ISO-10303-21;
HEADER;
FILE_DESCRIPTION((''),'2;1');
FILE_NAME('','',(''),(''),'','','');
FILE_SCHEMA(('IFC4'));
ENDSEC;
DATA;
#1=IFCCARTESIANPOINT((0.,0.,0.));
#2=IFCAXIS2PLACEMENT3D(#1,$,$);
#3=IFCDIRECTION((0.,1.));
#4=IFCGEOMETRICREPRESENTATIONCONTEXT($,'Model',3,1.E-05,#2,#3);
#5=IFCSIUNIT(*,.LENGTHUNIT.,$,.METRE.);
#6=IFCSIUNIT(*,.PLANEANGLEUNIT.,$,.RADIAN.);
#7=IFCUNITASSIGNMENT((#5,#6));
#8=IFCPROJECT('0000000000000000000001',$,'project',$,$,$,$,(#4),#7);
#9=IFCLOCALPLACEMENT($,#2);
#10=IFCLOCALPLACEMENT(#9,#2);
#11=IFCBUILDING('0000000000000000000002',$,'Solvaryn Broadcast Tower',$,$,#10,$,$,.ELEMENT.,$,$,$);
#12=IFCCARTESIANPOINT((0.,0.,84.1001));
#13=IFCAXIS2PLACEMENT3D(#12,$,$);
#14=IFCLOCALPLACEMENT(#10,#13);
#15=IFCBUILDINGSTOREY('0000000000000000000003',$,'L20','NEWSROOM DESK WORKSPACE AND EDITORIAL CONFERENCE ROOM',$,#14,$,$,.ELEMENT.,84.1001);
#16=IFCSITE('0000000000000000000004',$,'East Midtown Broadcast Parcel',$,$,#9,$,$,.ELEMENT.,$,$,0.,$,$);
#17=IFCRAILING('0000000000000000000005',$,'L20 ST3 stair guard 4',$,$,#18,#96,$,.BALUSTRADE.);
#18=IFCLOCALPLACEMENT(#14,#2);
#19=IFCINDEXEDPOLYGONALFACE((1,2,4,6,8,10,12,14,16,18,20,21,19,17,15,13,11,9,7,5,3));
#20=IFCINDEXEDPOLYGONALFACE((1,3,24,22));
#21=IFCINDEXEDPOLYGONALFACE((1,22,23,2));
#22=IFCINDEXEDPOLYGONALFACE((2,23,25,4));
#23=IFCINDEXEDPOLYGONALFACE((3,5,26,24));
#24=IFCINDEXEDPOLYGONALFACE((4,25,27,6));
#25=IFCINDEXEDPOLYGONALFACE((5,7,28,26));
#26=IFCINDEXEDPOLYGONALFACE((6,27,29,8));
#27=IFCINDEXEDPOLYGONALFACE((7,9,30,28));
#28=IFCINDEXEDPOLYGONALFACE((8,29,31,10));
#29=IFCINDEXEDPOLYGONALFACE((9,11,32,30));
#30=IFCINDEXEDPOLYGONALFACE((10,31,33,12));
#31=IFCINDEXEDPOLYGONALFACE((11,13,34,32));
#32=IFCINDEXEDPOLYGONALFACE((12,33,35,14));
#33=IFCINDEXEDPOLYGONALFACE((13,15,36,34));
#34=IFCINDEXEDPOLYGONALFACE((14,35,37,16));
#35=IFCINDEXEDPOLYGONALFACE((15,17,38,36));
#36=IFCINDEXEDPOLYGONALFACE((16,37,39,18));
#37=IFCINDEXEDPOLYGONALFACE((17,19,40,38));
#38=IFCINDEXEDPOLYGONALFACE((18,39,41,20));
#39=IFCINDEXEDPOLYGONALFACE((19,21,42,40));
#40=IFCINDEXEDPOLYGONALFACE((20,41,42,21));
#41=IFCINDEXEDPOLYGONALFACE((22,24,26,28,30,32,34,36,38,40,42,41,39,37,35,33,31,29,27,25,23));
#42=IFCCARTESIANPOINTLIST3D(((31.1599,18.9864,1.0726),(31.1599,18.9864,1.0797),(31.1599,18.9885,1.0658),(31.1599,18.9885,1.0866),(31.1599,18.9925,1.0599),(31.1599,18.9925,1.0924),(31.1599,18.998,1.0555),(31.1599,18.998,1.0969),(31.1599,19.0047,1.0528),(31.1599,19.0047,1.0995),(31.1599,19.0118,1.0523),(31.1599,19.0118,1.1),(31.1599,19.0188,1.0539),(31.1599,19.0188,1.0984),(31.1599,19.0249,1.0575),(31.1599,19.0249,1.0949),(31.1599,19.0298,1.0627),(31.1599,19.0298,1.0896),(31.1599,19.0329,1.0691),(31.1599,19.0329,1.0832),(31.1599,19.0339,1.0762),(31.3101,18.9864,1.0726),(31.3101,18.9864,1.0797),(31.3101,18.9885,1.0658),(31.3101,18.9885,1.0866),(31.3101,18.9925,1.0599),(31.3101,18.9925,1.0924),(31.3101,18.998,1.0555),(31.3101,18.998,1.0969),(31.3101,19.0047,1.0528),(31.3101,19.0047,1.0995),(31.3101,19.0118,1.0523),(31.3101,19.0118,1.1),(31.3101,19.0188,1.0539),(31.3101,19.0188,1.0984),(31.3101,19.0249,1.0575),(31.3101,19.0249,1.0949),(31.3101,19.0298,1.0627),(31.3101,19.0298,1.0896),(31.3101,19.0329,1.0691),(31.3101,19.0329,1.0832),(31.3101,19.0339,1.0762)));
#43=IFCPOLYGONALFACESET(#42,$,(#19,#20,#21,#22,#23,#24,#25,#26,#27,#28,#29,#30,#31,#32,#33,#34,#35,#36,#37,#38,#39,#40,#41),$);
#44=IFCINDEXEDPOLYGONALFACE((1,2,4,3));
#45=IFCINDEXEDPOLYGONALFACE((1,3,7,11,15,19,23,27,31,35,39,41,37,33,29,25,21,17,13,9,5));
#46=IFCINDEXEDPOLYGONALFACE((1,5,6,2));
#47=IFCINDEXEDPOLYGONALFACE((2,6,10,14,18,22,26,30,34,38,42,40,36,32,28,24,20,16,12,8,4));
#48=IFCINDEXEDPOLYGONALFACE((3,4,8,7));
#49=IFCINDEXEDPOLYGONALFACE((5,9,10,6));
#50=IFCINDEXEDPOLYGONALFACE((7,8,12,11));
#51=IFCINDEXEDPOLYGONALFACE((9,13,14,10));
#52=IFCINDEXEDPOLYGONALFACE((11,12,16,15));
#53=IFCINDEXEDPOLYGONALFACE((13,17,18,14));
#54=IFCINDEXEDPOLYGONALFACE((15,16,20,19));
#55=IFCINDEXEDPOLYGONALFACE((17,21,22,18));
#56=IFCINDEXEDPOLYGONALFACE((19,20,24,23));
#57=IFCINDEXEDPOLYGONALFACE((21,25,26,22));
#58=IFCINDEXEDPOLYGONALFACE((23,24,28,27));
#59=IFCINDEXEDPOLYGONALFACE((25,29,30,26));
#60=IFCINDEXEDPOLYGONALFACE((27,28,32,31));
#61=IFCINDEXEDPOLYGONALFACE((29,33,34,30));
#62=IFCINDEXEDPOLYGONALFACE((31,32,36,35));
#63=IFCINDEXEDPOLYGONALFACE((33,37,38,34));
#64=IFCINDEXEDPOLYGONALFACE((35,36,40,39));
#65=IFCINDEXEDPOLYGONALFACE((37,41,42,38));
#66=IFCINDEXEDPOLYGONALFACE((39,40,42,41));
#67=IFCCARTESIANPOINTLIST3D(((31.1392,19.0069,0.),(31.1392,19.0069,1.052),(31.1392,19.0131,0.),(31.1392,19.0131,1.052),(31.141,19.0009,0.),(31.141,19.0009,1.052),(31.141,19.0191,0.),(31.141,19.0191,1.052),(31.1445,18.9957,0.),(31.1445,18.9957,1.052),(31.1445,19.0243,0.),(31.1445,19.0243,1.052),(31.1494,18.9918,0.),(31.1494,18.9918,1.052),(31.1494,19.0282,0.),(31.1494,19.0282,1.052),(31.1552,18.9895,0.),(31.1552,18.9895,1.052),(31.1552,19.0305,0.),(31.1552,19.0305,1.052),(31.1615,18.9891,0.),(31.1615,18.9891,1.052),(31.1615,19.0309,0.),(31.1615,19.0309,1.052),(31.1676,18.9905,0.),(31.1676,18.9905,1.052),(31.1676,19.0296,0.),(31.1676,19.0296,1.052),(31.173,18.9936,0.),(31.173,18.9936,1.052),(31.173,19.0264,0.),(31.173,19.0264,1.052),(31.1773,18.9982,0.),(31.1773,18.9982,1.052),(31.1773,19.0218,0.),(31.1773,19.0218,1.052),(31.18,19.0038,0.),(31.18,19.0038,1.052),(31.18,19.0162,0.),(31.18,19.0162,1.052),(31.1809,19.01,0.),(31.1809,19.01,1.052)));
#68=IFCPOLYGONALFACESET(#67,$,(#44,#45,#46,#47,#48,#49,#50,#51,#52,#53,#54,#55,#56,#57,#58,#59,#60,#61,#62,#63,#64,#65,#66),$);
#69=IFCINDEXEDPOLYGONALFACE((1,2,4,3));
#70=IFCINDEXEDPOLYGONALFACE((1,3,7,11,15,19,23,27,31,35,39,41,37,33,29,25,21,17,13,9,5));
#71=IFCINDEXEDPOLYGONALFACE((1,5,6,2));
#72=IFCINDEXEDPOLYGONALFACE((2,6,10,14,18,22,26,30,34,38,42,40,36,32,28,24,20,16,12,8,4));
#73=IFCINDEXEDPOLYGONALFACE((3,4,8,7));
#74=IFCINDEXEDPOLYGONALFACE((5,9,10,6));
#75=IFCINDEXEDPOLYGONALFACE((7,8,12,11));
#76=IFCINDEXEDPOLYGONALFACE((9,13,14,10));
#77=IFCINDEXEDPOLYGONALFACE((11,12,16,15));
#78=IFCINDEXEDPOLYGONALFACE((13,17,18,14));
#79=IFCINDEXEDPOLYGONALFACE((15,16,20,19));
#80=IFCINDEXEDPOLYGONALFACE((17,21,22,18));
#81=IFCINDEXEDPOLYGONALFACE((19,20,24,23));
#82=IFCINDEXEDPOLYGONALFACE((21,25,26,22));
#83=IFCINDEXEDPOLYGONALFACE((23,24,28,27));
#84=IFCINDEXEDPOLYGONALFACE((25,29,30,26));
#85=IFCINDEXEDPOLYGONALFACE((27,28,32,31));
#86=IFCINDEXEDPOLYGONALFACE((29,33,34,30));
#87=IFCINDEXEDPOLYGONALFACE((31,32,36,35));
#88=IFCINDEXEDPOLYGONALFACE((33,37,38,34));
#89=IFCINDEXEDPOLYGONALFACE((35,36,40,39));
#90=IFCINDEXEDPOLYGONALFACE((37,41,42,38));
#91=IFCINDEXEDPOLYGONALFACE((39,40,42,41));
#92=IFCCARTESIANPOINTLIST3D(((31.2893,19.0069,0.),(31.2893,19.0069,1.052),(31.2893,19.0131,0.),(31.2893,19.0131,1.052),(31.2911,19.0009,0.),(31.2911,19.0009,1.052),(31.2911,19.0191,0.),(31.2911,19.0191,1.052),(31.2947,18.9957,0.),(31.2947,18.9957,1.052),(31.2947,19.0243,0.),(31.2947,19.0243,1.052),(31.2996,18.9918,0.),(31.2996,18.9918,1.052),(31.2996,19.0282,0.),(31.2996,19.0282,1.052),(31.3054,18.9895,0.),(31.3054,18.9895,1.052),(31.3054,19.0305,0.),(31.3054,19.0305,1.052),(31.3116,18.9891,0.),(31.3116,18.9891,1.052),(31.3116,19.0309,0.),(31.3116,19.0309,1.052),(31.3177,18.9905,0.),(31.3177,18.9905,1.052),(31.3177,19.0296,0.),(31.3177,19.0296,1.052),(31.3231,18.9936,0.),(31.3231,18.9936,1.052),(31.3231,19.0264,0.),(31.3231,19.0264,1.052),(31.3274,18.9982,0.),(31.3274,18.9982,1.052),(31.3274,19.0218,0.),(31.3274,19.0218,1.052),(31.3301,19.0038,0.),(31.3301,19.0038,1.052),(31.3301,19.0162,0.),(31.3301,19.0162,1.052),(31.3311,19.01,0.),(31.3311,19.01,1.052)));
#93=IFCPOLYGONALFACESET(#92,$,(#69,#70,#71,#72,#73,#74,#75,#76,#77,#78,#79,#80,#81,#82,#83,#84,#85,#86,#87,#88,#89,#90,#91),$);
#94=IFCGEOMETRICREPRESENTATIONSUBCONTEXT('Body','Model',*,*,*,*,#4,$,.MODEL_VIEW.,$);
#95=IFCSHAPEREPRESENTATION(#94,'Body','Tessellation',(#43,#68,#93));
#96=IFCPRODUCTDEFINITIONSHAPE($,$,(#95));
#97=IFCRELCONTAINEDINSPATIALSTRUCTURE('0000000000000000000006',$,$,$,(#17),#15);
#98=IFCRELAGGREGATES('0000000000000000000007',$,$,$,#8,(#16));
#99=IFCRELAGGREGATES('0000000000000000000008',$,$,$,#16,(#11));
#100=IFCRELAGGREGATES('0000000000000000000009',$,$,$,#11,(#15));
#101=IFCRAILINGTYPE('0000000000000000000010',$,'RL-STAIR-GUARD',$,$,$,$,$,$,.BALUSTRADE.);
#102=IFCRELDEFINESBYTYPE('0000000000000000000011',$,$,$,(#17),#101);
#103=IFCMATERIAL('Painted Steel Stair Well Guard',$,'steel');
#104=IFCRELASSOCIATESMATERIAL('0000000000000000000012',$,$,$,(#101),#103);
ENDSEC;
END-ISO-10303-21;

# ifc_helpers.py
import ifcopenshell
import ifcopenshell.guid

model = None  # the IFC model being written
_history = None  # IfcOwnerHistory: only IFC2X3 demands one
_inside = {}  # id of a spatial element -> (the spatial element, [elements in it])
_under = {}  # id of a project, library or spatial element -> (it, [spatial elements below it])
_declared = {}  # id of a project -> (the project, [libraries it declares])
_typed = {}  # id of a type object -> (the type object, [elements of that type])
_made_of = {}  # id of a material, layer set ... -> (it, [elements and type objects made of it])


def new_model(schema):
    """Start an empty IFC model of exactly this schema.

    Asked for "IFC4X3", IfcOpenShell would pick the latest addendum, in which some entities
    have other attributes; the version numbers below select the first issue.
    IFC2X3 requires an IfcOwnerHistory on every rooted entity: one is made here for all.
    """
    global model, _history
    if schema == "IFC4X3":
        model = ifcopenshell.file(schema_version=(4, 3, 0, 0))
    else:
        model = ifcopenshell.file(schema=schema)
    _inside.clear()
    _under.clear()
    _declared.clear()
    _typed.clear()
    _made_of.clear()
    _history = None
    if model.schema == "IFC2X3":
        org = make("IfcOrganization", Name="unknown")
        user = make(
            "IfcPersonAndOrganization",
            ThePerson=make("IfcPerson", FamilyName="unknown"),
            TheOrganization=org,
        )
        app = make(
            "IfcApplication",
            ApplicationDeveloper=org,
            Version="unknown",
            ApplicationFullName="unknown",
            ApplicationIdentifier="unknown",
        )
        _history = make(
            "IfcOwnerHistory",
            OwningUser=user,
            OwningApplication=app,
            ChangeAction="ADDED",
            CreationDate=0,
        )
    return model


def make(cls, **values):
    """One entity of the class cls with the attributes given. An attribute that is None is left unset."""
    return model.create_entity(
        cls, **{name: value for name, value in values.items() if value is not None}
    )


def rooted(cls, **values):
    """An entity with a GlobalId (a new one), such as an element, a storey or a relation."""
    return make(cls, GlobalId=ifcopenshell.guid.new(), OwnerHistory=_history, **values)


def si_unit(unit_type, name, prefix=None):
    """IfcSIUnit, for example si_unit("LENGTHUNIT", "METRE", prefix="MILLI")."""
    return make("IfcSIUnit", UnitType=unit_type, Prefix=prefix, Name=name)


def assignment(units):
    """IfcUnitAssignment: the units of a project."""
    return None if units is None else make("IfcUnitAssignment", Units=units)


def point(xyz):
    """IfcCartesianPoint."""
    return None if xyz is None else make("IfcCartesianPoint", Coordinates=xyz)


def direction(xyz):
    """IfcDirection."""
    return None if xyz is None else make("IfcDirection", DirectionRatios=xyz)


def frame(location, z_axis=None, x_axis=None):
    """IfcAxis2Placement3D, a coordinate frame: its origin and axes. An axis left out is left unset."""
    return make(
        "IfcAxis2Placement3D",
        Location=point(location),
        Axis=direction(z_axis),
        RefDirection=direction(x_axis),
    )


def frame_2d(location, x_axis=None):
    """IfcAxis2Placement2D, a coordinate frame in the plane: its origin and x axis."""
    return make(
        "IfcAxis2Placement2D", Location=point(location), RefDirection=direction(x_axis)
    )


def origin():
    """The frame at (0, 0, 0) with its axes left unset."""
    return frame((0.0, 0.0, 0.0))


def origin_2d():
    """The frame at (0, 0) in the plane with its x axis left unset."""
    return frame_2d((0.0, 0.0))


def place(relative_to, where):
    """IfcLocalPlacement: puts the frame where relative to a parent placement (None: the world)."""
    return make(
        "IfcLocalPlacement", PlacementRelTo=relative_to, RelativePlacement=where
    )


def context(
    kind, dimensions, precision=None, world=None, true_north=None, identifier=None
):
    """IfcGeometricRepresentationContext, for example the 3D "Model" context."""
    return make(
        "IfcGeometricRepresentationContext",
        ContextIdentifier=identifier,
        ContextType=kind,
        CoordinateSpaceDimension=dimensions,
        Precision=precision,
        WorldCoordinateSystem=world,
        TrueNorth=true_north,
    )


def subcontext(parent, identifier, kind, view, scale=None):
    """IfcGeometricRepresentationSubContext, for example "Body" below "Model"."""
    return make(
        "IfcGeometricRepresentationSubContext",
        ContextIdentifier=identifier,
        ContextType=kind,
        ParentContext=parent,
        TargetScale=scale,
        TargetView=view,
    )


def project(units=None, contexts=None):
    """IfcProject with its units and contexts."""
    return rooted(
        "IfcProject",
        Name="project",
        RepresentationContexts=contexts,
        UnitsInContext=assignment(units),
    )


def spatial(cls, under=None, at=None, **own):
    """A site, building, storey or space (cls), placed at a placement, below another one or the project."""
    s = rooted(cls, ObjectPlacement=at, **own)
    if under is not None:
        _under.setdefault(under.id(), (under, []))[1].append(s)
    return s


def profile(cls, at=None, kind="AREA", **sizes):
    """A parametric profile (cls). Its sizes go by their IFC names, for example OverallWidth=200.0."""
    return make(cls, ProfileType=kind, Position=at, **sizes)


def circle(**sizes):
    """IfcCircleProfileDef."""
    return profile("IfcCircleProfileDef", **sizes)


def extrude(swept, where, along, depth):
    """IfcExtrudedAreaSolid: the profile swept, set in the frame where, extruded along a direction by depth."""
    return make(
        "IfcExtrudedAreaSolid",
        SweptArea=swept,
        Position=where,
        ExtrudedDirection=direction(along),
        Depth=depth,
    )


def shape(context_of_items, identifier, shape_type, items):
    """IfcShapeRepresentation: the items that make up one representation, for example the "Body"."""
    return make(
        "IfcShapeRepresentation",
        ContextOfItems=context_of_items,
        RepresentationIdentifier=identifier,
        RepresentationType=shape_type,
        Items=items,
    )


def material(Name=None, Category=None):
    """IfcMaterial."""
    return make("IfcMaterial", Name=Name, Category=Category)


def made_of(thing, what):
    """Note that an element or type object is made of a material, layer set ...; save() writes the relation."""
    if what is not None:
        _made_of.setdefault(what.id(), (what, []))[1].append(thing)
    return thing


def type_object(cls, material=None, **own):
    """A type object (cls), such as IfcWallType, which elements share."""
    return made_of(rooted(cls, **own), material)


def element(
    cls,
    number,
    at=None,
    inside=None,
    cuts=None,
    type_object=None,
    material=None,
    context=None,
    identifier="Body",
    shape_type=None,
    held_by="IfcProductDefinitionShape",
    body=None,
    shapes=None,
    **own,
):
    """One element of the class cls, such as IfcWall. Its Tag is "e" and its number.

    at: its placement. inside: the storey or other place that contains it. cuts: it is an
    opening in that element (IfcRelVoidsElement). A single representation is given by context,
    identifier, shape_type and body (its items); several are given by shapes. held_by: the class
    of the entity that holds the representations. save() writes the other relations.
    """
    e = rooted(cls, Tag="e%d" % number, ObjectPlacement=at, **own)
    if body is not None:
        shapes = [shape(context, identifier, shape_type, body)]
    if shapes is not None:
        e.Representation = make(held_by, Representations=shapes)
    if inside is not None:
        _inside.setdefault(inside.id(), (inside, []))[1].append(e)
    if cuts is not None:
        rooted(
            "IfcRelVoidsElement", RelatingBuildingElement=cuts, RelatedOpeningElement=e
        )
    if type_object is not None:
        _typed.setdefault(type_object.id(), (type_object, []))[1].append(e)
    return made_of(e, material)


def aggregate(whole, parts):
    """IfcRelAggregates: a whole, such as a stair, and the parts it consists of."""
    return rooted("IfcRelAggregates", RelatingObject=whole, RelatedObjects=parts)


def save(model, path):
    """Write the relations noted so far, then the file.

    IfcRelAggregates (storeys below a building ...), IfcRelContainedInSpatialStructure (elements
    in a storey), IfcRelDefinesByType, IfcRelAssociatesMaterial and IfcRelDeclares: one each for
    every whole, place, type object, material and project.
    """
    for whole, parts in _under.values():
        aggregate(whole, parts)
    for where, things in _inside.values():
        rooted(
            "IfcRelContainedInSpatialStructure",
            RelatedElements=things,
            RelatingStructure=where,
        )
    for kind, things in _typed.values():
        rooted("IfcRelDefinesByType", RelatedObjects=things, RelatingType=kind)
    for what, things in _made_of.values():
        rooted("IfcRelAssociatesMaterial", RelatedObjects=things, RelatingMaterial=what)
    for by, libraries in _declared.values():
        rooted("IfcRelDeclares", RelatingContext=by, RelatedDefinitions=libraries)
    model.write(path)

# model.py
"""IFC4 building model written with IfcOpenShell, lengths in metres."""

from ifc_helpers import new_model, si_unit, direction, frame, origin, origin_2d, place, context, subcontext, project, spatial, circle, extrude, material, type_object, element, save


model = new_model("IFC4")

# Units and contexts
model_context = context("Model", 3, precision=1e-05, world=origin(), true_north=direction((0.0, 1.0)))
body_context = subcontext(model_context, "Body", "Model", "MODEL_VIEW")
ifc_project = project(units=[si_unit("LENGTHUNIT", "METRE"), si_unit("PLANEANGLEUNIT", "RADIAN")], contexts=[model_context])

# Site, building, storey
site_placement = place(None, origin())
site = spatial("IfcSite", under=ifc_project, at=site_placement, Name="East Midtown Broadcast Parcel", CompositionType="ELEMENT", RefElevation=0.0)
building_placement = place(site_placement, origin())
building = spatial("IfcBuilding", under=site, at=building_placement, Name="Solvaryn Broadcast Tower", CompositionType="ELEMENT")
storey_placement = place(building_placement, frame((0.0, 0.0, 84.1001)))
storey = spatial("IfcBuildingStorey", under=building, at=storey_placement, Name="L20", Description="NEWSROOM DESK WORKSPACE AND EDITORIAL CONFERENCE ROOM", CompositionType="ELEMENT", Elevation=84.1001)

# Railing
ifc_material_1 = material(Name="Painted Steel Stair Well Guard", Category="steel")
railing_type_1 = type_object("IfcRailingType", Name="RL-STAIR-GUARD", PredefinedType="BALUSTRADE", material=ifc_material_1)
railing_1_placement = place(storey_placement, frame((31.1599, 19.01, 0.0)))
element("IfcRailing", 1, at=railing_1_placement, inside=storey, type_object=railing_type_1, Name="L20 ST3 stair guard 4", PredefinedType="BALUSTRADE", context=body_context, shape_type="SweptSolid", body=[
    extrude(circle(Radius=0.0239, at=origin_2d()), frame((0.0, 0.0, 1.0762), z_axis=(1.0, 0.0, 0.0), x_axis=(0.0, 1.0, 0.0)), (0.0, 0.0, 1.0), 0.1501),
    extrude(circle(Radius=0.021, at=origin_2d()), origin(), (0.0, 0.0, 1.0), 1.052),
    extrude(circle(Radius=0.021, at=origin_2d()), frame((0.1501, 0.0, 0.0)), (0.0, 0.0, 1.0), 1.052),
])

save(model, "model.ifc")
